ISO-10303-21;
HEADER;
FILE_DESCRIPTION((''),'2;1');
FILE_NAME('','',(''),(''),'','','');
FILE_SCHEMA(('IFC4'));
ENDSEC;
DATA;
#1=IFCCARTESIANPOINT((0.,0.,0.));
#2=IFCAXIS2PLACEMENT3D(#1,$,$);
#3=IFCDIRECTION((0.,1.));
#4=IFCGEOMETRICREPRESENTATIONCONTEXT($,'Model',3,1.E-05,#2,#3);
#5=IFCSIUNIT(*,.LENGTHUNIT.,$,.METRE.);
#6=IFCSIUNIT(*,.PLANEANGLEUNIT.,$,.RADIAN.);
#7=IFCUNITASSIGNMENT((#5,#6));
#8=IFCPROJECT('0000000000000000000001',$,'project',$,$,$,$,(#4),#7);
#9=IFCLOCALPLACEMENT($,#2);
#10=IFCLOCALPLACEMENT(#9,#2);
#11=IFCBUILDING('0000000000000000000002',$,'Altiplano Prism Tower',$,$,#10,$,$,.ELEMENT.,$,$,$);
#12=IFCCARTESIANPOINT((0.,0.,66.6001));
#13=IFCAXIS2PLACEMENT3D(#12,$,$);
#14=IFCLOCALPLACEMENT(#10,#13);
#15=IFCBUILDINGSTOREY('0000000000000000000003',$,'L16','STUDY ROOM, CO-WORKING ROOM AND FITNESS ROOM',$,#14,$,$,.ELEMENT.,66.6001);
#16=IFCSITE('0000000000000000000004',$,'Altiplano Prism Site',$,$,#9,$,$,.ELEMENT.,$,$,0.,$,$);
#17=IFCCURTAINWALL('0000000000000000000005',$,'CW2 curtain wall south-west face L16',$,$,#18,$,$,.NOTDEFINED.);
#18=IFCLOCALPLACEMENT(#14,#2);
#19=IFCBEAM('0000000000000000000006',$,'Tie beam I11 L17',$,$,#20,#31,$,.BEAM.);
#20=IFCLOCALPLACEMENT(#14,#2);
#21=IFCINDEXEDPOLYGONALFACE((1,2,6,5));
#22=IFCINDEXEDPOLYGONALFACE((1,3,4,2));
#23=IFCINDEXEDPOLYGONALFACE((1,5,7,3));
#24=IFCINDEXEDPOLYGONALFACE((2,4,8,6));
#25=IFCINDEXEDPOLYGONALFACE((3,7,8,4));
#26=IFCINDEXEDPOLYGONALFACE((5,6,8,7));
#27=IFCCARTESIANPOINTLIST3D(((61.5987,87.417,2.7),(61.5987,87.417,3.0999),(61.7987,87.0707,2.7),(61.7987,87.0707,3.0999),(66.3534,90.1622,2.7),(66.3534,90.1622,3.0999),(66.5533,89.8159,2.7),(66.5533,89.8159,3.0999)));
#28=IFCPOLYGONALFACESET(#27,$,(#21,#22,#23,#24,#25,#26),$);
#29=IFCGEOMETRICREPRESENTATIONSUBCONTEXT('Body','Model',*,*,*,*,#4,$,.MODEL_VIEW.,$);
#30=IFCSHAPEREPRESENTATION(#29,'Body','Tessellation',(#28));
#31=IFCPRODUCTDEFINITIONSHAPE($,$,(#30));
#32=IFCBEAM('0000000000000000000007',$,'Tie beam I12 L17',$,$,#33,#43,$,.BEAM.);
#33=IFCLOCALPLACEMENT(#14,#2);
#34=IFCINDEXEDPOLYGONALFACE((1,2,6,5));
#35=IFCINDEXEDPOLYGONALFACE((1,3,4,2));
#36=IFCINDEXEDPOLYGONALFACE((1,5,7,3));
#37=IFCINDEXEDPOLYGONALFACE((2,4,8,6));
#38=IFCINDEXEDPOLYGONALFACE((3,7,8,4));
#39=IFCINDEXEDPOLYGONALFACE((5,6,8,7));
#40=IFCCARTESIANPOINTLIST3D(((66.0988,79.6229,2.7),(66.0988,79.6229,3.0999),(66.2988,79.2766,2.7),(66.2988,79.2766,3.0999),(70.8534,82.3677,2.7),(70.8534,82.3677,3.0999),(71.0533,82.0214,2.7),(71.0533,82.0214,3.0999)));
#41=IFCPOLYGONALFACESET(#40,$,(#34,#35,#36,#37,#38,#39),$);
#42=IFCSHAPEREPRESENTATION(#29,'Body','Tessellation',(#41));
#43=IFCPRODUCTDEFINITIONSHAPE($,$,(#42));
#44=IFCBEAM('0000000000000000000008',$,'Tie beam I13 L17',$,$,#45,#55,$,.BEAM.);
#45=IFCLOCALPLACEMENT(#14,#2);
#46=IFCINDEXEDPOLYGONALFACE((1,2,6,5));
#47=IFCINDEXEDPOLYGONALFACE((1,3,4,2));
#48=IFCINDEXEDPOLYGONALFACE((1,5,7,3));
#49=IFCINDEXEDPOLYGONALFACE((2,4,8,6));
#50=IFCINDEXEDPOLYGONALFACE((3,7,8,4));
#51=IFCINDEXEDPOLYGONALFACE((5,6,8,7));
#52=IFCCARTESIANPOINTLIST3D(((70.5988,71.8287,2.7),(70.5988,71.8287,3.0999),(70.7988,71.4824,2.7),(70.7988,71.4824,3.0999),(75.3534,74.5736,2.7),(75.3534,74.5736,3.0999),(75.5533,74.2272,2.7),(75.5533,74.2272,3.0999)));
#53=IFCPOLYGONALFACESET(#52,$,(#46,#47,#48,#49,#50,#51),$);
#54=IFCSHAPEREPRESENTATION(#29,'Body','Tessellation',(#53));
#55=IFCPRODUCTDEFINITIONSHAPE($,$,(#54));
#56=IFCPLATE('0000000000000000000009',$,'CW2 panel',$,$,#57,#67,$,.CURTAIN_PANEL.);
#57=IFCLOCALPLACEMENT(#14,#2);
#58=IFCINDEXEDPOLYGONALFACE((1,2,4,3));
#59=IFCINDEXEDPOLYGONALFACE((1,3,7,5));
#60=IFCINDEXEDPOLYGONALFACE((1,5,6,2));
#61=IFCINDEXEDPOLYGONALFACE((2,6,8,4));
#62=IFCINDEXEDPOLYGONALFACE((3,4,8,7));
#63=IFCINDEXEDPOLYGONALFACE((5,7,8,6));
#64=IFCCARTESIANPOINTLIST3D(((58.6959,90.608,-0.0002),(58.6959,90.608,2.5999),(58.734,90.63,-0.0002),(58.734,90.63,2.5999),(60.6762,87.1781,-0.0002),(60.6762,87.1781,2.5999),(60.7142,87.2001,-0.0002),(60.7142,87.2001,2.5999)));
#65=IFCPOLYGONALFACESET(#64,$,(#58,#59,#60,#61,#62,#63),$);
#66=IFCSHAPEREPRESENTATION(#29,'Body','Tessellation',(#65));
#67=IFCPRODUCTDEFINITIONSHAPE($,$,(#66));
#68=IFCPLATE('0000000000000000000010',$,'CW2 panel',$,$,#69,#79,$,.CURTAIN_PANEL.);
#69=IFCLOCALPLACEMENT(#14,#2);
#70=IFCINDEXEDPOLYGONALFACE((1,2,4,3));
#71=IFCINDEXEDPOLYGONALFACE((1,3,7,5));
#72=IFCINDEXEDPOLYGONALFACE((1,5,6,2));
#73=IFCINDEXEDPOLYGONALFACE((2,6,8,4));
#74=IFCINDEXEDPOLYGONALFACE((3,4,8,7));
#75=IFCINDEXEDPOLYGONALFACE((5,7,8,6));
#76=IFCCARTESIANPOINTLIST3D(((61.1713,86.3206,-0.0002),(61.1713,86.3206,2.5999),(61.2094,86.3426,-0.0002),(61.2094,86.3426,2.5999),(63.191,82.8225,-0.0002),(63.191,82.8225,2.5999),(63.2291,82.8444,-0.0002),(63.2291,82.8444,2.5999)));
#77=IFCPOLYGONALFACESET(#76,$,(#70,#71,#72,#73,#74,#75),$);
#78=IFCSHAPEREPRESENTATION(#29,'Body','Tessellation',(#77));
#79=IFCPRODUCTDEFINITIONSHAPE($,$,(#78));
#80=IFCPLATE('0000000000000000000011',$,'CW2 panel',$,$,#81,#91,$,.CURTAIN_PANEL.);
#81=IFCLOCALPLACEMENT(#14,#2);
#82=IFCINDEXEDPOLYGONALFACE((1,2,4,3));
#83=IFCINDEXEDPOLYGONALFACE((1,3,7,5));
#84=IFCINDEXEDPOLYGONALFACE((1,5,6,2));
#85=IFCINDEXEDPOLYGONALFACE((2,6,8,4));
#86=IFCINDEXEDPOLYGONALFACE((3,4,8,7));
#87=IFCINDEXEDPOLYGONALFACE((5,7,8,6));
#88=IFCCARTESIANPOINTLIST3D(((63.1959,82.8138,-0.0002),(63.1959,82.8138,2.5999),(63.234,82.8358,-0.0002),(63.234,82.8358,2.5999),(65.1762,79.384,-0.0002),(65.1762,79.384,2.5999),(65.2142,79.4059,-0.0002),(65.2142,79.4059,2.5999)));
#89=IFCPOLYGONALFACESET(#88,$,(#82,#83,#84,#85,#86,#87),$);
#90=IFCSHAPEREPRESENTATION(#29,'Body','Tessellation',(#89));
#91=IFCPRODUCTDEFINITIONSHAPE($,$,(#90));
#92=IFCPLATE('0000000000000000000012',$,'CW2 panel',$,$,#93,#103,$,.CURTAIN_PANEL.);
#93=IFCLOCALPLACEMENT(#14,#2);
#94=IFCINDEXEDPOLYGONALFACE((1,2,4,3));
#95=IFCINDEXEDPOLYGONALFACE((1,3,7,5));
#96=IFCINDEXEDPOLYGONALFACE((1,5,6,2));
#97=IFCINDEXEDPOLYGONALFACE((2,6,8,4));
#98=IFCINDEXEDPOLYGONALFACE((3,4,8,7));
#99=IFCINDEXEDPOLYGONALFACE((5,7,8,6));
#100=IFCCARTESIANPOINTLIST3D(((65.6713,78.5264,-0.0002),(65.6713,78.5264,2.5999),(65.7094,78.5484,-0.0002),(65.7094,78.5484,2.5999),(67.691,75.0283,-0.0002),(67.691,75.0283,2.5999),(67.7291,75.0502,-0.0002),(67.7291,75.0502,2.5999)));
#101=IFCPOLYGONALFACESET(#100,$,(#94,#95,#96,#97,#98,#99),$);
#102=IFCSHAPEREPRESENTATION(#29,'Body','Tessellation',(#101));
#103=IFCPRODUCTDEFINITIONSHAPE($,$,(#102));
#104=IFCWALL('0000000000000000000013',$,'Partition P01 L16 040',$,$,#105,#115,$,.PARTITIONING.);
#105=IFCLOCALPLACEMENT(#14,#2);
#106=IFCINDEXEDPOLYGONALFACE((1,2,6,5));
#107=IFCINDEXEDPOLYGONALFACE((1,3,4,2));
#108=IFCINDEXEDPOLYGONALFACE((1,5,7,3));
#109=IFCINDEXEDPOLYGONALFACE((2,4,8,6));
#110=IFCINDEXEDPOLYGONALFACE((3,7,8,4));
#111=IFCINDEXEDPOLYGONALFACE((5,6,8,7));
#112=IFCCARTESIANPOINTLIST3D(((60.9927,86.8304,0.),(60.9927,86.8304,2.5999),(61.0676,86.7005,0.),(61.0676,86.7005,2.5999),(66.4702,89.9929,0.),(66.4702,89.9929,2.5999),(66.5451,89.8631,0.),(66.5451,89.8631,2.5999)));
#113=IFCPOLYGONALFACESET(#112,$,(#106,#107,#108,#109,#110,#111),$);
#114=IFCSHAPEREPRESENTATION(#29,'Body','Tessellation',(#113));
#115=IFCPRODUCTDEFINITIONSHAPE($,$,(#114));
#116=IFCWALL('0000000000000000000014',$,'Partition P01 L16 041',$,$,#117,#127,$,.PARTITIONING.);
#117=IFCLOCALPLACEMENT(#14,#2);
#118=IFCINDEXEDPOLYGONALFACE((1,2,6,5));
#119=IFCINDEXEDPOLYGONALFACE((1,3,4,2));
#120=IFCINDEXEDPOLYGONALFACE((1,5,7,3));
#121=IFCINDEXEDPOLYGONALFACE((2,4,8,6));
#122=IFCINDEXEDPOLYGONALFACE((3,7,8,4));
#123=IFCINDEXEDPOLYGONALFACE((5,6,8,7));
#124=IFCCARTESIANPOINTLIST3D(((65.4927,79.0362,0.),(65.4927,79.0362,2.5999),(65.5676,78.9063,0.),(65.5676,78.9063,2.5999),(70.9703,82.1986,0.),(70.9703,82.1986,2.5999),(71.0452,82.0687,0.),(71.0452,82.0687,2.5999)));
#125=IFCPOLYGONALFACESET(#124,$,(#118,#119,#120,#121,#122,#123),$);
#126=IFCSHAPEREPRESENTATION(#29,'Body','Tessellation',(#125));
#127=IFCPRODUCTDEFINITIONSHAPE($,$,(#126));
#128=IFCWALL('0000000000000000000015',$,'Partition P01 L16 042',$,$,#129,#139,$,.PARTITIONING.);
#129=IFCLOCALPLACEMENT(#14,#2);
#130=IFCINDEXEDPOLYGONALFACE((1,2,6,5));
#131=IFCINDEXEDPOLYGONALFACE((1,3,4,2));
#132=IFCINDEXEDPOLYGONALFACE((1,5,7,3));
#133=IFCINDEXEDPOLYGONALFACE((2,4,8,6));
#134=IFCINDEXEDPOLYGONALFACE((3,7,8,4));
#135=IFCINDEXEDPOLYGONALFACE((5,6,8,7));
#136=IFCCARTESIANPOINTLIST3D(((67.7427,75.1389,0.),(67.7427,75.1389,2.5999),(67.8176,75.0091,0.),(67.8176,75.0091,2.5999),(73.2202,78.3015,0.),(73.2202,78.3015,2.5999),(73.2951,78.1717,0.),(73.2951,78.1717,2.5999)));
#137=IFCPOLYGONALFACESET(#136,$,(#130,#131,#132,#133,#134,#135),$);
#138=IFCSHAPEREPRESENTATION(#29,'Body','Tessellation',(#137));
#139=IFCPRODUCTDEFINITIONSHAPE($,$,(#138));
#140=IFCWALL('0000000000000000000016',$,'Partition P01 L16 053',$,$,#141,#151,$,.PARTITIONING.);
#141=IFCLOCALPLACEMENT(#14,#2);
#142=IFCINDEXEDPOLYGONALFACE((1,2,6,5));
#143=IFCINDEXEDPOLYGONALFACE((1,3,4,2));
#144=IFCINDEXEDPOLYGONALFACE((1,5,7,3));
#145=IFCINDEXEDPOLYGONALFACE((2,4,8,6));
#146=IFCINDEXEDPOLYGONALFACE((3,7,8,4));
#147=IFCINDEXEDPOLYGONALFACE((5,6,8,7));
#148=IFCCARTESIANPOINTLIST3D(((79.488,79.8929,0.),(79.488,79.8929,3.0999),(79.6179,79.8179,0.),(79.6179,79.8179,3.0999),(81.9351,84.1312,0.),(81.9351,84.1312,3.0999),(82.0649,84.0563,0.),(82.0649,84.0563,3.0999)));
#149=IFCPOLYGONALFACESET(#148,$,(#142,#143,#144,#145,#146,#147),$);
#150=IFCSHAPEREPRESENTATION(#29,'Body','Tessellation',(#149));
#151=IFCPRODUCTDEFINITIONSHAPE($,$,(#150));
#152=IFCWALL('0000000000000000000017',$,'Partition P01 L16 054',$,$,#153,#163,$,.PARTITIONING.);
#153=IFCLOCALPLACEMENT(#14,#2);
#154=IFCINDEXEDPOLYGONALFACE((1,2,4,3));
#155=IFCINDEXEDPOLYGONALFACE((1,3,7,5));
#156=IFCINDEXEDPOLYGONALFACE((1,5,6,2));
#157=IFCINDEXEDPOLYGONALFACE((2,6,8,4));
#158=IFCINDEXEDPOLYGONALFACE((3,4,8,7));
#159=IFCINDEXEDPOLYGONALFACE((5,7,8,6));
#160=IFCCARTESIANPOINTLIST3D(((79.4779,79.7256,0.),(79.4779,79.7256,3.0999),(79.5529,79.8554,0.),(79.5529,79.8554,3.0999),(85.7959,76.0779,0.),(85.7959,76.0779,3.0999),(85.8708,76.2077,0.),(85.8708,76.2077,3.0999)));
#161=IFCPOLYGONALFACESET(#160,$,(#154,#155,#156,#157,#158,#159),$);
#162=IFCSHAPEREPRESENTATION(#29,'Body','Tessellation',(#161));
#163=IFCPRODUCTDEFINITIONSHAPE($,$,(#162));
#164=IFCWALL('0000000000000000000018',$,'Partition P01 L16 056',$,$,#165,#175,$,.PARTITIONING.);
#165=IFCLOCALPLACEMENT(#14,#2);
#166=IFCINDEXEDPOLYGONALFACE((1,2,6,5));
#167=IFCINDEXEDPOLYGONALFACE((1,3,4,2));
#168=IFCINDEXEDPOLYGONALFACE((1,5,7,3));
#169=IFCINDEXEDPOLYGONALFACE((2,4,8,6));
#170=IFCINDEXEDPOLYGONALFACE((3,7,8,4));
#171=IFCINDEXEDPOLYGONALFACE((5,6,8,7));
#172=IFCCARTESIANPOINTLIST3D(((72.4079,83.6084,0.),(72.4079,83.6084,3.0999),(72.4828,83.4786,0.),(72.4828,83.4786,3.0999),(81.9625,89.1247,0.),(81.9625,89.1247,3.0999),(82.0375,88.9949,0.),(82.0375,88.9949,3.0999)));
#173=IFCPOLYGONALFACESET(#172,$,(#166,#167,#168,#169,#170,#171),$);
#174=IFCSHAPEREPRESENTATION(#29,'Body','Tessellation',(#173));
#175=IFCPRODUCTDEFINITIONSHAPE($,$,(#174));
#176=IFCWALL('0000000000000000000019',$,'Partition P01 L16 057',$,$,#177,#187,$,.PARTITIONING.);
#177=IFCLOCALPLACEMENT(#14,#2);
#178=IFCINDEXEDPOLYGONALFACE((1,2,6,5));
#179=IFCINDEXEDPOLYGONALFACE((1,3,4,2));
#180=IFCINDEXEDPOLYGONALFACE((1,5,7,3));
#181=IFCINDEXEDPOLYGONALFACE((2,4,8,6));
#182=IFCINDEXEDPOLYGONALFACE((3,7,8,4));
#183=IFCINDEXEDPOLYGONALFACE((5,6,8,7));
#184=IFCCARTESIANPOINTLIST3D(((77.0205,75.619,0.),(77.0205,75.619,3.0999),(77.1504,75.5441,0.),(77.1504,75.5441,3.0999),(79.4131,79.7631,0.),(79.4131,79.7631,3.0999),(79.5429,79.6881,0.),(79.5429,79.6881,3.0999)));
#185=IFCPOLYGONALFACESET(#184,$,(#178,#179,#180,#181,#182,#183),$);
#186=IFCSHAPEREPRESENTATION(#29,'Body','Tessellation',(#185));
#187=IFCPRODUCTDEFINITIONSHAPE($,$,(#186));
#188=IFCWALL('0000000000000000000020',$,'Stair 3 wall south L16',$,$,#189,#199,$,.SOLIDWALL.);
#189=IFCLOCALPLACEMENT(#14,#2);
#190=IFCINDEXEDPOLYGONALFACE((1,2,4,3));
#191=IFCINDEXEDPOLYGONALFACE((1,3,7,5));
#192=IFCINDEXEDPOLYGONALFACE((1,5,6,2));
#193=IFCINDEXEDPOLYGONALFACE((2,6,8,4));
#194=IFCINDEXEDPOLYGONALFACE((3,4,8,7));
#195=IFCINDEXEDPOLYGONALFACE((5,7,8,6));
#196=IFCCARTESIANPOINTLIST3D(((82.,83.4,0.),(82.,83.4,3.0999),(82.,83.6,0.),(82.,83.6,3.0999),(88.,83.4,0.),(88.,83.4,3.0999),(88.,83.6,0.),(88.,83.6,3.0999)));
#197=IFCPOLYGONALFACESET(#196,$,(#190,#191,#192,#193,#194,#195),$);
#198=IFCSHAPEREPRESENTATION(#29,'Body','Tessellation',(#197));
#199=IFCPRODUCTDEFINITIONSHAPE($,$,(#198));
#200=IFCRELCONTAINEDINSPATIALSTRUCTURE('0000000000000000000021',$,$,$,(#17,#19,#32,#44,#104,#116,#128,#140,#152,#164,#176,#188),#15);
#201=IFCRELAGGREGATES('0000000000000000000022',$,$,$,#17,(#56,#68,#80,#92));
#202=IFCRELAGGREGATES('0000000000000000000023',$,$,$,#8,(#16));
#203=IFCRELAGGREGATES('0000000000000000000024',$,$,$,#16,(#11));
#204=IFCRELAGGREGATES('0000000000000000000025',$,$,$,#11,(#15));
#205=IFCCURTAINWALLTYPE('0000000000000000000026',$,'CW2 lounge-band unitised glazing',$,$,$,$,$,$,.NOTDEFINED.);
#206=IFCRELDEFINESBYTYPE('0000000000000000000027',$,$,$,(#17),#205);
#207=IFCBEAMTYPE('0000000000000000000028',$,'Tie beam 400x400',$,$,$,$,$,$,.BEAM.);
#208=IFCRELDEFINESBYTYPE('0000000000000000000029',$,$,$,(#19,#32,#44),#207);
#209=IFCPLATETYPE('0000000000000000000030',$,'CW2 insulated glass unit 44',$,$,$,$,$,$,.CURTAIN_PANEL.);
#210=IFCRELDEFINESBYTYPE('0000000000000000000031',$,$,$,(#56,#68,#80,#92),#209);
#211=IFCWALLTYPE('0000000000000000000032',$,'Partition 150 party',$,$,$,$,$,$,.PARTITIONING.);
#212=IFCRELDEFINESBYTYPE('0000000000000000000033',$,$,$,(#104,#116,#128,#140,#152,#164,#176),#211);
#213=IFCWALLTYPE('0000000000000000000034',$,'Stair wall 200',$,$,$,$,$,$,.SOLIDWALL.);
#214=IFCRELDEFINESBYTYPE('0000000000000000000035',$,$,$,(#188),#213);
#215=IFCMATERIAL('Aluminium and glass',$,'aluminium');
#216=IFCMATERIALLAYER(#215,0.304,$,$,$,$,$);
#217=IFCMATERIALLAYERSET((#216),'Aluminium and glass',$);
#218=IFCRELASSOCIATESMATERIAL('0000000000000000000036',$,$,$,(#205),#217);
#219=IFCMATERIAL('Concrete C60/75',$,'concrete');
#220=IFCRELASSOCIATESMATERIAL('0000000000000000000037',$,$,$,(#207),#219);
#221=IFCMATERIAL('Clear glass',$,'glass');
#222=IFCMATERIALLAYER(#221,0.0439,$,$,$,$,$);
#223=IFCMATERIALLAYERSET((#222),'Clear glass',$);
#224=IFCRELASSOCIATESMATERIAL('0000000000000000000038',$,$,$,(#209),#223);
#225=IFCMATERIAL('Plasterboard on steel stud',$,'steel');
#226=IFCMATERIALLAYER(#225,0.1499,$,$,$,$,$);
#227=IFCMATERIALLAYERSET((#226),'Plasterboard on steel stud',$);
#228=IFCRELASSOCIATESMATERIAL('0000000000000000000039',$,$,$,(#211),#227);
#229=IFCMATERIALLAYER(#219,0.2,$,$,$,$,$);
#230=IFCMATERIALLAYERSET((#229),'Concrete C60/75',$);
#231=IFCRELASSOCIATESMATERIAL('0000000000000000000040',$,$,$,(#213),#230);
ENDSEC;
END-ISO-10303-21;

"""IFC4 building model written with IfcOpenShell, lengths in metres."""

from ifc_helpers import new_model, si_unit, direction, frame, frame_2d, origin, origin_2d, place, context, subcontext, project, spatial, rectangle, extrude, material, layer, layer_set, material_profile, profile_set, type_object, element, aggregate, save


model = new_model("IFC4")

# Units and contexts
model_context = context("Model", 3, precision=1e-05, world=origin(), true_north=direction((0.0, 1.0)))
body_context = subcontext(model_context, "Body", "Model", "MODEL_VIEW")
ifc_project = project(units=[si_unit("LENGTHUNIT", "METRE"), si_unit("PLANEANGLEUNIT", "RADIAN")], contexts=[model_context])

# Site, building, storey
site_placement = place(None, origin())
site = spatial("IfcSite", under=ifc_project, at=site_placement, Name="Altiplano Prism Site", CompositionType="ELEMENT", RefElevation=0.0)
building_placement = place(site_placement, origin())
building = spatial("IfcBuilding", under=site, at=building_placement, Name="Altiplano Prism Tower", CompositionType="ELEMENT")
storey_placement = place(building_placement, frame((0.0, 0.0, 66.6001)))
storey = spatial("IfcBuildingStorey", under=building, at=storey_placement, Name="L16", Description="STUDY ROOM, CO-WORKING ROOM AND FITNESS ROOM", CompositionType="ELEMENT", Elevation=66.6001)

# Shared definitions
ifc_material_1 = material(Name="Concrete C60/75", Category="concrete")

# Curtain wall
ifc_material_2 = material(Name="Aluminium and glass", Category="aluminium")
ifc_layer_1 = layer(ifc_material_2, 0.304)
ifc_layer_set_1 = layer_set([ifc_layer_1], Name="Aluminium and glass")
curtain_wall_type = type_object("IfcCurtainWallType", Name="CW2 lounge-band unitised glazing", PredefinedType="NOTDEFINED", material=ifc_layer_set_1)
curtain_wall_placement = place(storey_placement, origin())
curtain_wall = element("IfcCurtainWall", 1, at=curtain_wall_placement, inside=storey, type_object=curtain_wall_type, Name="CW2 curtain wall south-west face L16", PredefinedType="NOTDEFINED")

# Beams
ifc_material_profile_1 = material_profile(ifc_material_1, rectangle(XDim=0.3999, YDim=0.3999, at=origin_2d()), Name="Tie beam 400x400")
ifc_profile_set_1 = profile_set([ifc_material_profile_1], Name="Concrete C60/75")
beam_type_1 = type_object("IfcBeamType", Name="Tie beam 400x400", PredefinedType="BEAM", material=ifc_profile_set_1)
beam_placement = place(storey_placement, frame((66.4534, 89.989, 2.8999), z_axis=(-0.866023, -0.500003, 0.0), x_axis=(0.500003, -0.866023, 0.0)))
element("IfcBeam", 2, at=beam_placement, inside=storey, type_object=beam_type_1, Name="Tie beam I11 L17", PredefinedType="BEAM", context=body_context, shape_type="SweptSolid", body=[
    extrude(rectangle(XDim=0.3999, YDim=0.3999, at=origin_2d()), origin(), (0.0, 0.0, 1.0), 5.4902),
])
for number, where, z_axis, x_axis, name in (
    (3, (70.9534, 82.1946, 2.8999), (-0.866043, -0.49997, 0.0), (0.49997, -0.866043, 0.0), "Tie beam I12 L17"),
    (4, (75.4534, 74.4004, 2.8999), (-0.866043, -0.49997, 0.0), (0.49997, -0.866043, 0.0), "Tie beam I13 L17"),
):
    element("IfcBeam", number, at=place(storey_placement, frame(where, z_axis=z_axis, x_axis=x_axis)), inside=storey, type_object=beam_type_1, Name=name, PredefinedType="BEAM", context=body_context, shape_type="SweptSolid", body=[
        extrude(rectangle(XDim=0.3999, YDim=0.3999, at=origin_2d()), origin(), (0.0, 0.0, 1.0), 5.49),
    ])

# Plates
ifc_material_3 = material(Name="Clear glass", Category="glass")
ifc_layer_2 = layer(ifc_material_3, 0.0439)
ifc_layer_set_2 = layer_set([ifc_layer_2], Name="Clear glass")
plate_type = type_object("IfcPlateType", Name="CW2 insulated glass unit 44", PredefinedType="CURTAIN_PANEL", material=ifc_layer_set_2)
plate_1_placement = place(storey_placement, frame((59.7051, 88.9041, -0.0002), z_axis=(0.0, 0.0, 1.0), x_axis=(0.5, -0.866025, 0.0)))
plate_1 = element("IfcPlate", 5, at=plate_1_placement, type_object=plate_type, Name="CW2 panel", PredefinedType="CURTAIN_PANEL", context=body_context, shape_type="SweptSolid", body=[
    extrude(rectangle(XDim=3.9604, YDim=0.0439, at=origin_2d()), origin(), (0.0, 0.0, 1.0), 2.6001),
])
plate_2_placement = place(storey_placement, frame((62.2002, 84.5825, -0.0002), z_axis=(0.0, 0.0, 1.0), x_axis=(0.5, -0.866025, 0.0)))
plate_2 = element("IfcPlate", 6, at=plate_2_placement, type_object=plate_type, Name="CW2 panel", PredefinedType="CURTAIN_PANEL", context=body_context, shape_type="SweptSolid", body=[
    extrude(rectangle(XDim=4.0393, YDim=0.0439, at=origin_2d()), origin(), (0.0, 0.0, 1.0), 2.6001),
])
plate_3_placement = place(storey_placement, frame((64.2051, 81.1099, -0.0002), z_axis=(0.0, 0.0, 1.0), x_axis=(0.5, -0.866025, 0.0)))
plate_3 = element("IfcPlate", 7, at=plate_3_placement, type_object=plate_type, Name="CW2 panel", PredefinedType="CURTAIN_PANEL", context=body_context, shape_type="SweptSolid", body=[
    extrude(rectangle(XDim=3.9604, YDim=0.0439, at=origin_2d()), origin(), (0.0, 0.0, 1.0), 2.6001),
])
plate_4_placement = place(storey_placement, frame((66.7002, 76.7883, -0.0002), z_axis=(0.0, 0.0, 1.0), x_axis=(0.5, -0.866025, 0.0)))
plate_4 = element("IfcPlate", 8, at=plate_4_placement, type_object=plate_type, Name="CW2 panel", PredefinedType="CURTAIN_PANEL", context=body_context, shape_type="SweptSolid", body=[
    extrude(rectangle(XDim=4.0393, YDim=0.0439, at=origin_2d()), origin(), (0.0, 0.0, 1.0), 2.6001),
])
aggregate(curtain_wall, [plate_1, plate_2, plate_3, plate_4])

# Walls
ifc_material_4 = material(Name="Plasterboard on steel stud", Category="steel")
ifc_layer_3 = layer(ifc_material_4, 0.1499)
ifc_layer_set_3 = layer_set([ifc_layer_3], Name="Plasterboard on steel stud")
wall_type_1 = type_object("IfcWallType", Name="Partition 150 party", PredefinedType="PARTITIONING", material=ifc_layer_set_3)
for number, where, z_axis, x_axis, name in (
    (9, (61.03, 86.7654, 0.0), (0.0, 0.0, 1.0), (0.866016, 0.500016, 0.0), "Partition P01 L16 040"),
    (10, (65.53, 78.9712, 0.0), (0.0, 0.0, 1.0), (0.866033, 0.499988, 0.0), "Partition P01 L16 041"),
    (11, (67.78, 75.074, 0.0), (0.0, 0.0, 1.0), (0.866016, 0.500016, 0.0), "Partition P01 L16 042"),
):
    element("IfcWall", number, at=place(storey_placement, frame(where, z_axis=z_axis, x_axis=x_axis)), inside=storey, type_object=wall_type_1, Name=name, PredefinedType="PARTITIONING", context=body_context, shape_type="SweptSolid", body=[
        extrude(rectangle(XDim=6.325, YDim=0.1499, at=frame_2d((3.1626, 0.0))), origin(), (0.0, 0.0, 1.0), 2.5999),
    ])
wall_1_placement = place(storey_placement, frame((82.0, 84.0938, 0.0), z_axis=(0.0, 0.0, 1.0), x_axis=(-0.500007, -0.866021, 0.0)))
element("IfcWall", 12, at=wall_1_placement, inside=storey, type_object=wall_type_1, Name="Partition P01 L16 053", PredefinedType="PARTITIONING", context=body_context, shape_type="SweptSolid", body=[
    extrude(rectangle(XDim=4.894, YDim=0.1499, at=frame_2d((2.447, 0.0))), origin(), (0.0, 0.0, 1.0), 3.0999),
])
wall_2_placement = place(storey_placement, frame((79.5154, 79.7905, 0.0), z_axis=(0.0, 0.0, 1.0), x_axis=(0.866021, -0.500008, 0.0)))
element("IfcWall", 13, at=wall_2_placement, inside=storey, type_object=wall_type_1, Name="Partition P01 L16 054", PredefinedType="PARTITIONING", context=body_context, shape_type="SweptSolid", body=[
    extrude(rectangle(XDim=7.2954, YDim=0.1499, at=frame_2d((3.6477, 0.0))), origin(), (0.0, 0.0, 1.0), 3.0999),
])
wall_3_placement = place(storey_placement, frame((82.0, 89.0598, 0.0), z_axis=(0.0, 0.0, 1.0), x_axis=(-0.866027, -0.499997, 0.0)))
element("IfcWall", 14, at=wall_3_placement, inside=storey, type_object=wall_type_1, Name="Partition P01 L16 056", PredefinedType="PARTITIONING", context=body_context, shape_type="SweptSolid", body=[
    extrude(rectangle(XDim=11.0327, YDim=0.1499, at=frame_2d((5.5164, 0.0))), origin(), (0.0, 0.0, 1.0), 3.0999),
])
wall_4_placement = place(storey_placement, frame((77.0854, 75.5815, 0.0), z_axis=(0.0, 0.0, 1.0), x_axis=(0.500002, 0.866024, 0.0)))
element("IfcWall", 15, at=wall_4_placement, inside=storey, type_object=wall_type_1, Name="Partition P01 L16 057", PredefinedType="PARTITIONING", context=body_context, shape_type="SweptSolid", body=[
    extrude(rectangle(XDim=4.7852, YDim=0.1499, at=frame_2d((2.3926, 0.0))), origin(), (0.0, 0.0, 1.0), 3.0999),
])
ifc_layer_4 = layer(ifc_material_1, 0.2)
ifc_layer_set_4 = layer_set([ifc_layer_4], Name="Concrete C60/75")
wall_type_2 = type_object("IfcWallType", Name="Stair wall 200", PredefinedType="SOLIDWALL", material=ifc_layer_set_4)
wall_5_placement = place(storey_placement, frame((82.0, 83.5, 0.0), z_axis=(0.0, 0.0, 1.0), x_axis=(1.0, 0.0, 0.0)))
element("IfcWall", 16, at=wall_5_placement, inside=storey, type_object=wall_type_2, Name="Stair 3 wall south L16", PredefinedType="SOLIDWALL", context=body_context, shape_type="SweptSolid", body=[
    extrude(rectangle(XDim=6.0, YDim=0.2, at=frame_2d((3.0, 0.0))), origin(), (0.0, 0.0, 1.0), 3.0999),
])

save(model, "model.ifc")
